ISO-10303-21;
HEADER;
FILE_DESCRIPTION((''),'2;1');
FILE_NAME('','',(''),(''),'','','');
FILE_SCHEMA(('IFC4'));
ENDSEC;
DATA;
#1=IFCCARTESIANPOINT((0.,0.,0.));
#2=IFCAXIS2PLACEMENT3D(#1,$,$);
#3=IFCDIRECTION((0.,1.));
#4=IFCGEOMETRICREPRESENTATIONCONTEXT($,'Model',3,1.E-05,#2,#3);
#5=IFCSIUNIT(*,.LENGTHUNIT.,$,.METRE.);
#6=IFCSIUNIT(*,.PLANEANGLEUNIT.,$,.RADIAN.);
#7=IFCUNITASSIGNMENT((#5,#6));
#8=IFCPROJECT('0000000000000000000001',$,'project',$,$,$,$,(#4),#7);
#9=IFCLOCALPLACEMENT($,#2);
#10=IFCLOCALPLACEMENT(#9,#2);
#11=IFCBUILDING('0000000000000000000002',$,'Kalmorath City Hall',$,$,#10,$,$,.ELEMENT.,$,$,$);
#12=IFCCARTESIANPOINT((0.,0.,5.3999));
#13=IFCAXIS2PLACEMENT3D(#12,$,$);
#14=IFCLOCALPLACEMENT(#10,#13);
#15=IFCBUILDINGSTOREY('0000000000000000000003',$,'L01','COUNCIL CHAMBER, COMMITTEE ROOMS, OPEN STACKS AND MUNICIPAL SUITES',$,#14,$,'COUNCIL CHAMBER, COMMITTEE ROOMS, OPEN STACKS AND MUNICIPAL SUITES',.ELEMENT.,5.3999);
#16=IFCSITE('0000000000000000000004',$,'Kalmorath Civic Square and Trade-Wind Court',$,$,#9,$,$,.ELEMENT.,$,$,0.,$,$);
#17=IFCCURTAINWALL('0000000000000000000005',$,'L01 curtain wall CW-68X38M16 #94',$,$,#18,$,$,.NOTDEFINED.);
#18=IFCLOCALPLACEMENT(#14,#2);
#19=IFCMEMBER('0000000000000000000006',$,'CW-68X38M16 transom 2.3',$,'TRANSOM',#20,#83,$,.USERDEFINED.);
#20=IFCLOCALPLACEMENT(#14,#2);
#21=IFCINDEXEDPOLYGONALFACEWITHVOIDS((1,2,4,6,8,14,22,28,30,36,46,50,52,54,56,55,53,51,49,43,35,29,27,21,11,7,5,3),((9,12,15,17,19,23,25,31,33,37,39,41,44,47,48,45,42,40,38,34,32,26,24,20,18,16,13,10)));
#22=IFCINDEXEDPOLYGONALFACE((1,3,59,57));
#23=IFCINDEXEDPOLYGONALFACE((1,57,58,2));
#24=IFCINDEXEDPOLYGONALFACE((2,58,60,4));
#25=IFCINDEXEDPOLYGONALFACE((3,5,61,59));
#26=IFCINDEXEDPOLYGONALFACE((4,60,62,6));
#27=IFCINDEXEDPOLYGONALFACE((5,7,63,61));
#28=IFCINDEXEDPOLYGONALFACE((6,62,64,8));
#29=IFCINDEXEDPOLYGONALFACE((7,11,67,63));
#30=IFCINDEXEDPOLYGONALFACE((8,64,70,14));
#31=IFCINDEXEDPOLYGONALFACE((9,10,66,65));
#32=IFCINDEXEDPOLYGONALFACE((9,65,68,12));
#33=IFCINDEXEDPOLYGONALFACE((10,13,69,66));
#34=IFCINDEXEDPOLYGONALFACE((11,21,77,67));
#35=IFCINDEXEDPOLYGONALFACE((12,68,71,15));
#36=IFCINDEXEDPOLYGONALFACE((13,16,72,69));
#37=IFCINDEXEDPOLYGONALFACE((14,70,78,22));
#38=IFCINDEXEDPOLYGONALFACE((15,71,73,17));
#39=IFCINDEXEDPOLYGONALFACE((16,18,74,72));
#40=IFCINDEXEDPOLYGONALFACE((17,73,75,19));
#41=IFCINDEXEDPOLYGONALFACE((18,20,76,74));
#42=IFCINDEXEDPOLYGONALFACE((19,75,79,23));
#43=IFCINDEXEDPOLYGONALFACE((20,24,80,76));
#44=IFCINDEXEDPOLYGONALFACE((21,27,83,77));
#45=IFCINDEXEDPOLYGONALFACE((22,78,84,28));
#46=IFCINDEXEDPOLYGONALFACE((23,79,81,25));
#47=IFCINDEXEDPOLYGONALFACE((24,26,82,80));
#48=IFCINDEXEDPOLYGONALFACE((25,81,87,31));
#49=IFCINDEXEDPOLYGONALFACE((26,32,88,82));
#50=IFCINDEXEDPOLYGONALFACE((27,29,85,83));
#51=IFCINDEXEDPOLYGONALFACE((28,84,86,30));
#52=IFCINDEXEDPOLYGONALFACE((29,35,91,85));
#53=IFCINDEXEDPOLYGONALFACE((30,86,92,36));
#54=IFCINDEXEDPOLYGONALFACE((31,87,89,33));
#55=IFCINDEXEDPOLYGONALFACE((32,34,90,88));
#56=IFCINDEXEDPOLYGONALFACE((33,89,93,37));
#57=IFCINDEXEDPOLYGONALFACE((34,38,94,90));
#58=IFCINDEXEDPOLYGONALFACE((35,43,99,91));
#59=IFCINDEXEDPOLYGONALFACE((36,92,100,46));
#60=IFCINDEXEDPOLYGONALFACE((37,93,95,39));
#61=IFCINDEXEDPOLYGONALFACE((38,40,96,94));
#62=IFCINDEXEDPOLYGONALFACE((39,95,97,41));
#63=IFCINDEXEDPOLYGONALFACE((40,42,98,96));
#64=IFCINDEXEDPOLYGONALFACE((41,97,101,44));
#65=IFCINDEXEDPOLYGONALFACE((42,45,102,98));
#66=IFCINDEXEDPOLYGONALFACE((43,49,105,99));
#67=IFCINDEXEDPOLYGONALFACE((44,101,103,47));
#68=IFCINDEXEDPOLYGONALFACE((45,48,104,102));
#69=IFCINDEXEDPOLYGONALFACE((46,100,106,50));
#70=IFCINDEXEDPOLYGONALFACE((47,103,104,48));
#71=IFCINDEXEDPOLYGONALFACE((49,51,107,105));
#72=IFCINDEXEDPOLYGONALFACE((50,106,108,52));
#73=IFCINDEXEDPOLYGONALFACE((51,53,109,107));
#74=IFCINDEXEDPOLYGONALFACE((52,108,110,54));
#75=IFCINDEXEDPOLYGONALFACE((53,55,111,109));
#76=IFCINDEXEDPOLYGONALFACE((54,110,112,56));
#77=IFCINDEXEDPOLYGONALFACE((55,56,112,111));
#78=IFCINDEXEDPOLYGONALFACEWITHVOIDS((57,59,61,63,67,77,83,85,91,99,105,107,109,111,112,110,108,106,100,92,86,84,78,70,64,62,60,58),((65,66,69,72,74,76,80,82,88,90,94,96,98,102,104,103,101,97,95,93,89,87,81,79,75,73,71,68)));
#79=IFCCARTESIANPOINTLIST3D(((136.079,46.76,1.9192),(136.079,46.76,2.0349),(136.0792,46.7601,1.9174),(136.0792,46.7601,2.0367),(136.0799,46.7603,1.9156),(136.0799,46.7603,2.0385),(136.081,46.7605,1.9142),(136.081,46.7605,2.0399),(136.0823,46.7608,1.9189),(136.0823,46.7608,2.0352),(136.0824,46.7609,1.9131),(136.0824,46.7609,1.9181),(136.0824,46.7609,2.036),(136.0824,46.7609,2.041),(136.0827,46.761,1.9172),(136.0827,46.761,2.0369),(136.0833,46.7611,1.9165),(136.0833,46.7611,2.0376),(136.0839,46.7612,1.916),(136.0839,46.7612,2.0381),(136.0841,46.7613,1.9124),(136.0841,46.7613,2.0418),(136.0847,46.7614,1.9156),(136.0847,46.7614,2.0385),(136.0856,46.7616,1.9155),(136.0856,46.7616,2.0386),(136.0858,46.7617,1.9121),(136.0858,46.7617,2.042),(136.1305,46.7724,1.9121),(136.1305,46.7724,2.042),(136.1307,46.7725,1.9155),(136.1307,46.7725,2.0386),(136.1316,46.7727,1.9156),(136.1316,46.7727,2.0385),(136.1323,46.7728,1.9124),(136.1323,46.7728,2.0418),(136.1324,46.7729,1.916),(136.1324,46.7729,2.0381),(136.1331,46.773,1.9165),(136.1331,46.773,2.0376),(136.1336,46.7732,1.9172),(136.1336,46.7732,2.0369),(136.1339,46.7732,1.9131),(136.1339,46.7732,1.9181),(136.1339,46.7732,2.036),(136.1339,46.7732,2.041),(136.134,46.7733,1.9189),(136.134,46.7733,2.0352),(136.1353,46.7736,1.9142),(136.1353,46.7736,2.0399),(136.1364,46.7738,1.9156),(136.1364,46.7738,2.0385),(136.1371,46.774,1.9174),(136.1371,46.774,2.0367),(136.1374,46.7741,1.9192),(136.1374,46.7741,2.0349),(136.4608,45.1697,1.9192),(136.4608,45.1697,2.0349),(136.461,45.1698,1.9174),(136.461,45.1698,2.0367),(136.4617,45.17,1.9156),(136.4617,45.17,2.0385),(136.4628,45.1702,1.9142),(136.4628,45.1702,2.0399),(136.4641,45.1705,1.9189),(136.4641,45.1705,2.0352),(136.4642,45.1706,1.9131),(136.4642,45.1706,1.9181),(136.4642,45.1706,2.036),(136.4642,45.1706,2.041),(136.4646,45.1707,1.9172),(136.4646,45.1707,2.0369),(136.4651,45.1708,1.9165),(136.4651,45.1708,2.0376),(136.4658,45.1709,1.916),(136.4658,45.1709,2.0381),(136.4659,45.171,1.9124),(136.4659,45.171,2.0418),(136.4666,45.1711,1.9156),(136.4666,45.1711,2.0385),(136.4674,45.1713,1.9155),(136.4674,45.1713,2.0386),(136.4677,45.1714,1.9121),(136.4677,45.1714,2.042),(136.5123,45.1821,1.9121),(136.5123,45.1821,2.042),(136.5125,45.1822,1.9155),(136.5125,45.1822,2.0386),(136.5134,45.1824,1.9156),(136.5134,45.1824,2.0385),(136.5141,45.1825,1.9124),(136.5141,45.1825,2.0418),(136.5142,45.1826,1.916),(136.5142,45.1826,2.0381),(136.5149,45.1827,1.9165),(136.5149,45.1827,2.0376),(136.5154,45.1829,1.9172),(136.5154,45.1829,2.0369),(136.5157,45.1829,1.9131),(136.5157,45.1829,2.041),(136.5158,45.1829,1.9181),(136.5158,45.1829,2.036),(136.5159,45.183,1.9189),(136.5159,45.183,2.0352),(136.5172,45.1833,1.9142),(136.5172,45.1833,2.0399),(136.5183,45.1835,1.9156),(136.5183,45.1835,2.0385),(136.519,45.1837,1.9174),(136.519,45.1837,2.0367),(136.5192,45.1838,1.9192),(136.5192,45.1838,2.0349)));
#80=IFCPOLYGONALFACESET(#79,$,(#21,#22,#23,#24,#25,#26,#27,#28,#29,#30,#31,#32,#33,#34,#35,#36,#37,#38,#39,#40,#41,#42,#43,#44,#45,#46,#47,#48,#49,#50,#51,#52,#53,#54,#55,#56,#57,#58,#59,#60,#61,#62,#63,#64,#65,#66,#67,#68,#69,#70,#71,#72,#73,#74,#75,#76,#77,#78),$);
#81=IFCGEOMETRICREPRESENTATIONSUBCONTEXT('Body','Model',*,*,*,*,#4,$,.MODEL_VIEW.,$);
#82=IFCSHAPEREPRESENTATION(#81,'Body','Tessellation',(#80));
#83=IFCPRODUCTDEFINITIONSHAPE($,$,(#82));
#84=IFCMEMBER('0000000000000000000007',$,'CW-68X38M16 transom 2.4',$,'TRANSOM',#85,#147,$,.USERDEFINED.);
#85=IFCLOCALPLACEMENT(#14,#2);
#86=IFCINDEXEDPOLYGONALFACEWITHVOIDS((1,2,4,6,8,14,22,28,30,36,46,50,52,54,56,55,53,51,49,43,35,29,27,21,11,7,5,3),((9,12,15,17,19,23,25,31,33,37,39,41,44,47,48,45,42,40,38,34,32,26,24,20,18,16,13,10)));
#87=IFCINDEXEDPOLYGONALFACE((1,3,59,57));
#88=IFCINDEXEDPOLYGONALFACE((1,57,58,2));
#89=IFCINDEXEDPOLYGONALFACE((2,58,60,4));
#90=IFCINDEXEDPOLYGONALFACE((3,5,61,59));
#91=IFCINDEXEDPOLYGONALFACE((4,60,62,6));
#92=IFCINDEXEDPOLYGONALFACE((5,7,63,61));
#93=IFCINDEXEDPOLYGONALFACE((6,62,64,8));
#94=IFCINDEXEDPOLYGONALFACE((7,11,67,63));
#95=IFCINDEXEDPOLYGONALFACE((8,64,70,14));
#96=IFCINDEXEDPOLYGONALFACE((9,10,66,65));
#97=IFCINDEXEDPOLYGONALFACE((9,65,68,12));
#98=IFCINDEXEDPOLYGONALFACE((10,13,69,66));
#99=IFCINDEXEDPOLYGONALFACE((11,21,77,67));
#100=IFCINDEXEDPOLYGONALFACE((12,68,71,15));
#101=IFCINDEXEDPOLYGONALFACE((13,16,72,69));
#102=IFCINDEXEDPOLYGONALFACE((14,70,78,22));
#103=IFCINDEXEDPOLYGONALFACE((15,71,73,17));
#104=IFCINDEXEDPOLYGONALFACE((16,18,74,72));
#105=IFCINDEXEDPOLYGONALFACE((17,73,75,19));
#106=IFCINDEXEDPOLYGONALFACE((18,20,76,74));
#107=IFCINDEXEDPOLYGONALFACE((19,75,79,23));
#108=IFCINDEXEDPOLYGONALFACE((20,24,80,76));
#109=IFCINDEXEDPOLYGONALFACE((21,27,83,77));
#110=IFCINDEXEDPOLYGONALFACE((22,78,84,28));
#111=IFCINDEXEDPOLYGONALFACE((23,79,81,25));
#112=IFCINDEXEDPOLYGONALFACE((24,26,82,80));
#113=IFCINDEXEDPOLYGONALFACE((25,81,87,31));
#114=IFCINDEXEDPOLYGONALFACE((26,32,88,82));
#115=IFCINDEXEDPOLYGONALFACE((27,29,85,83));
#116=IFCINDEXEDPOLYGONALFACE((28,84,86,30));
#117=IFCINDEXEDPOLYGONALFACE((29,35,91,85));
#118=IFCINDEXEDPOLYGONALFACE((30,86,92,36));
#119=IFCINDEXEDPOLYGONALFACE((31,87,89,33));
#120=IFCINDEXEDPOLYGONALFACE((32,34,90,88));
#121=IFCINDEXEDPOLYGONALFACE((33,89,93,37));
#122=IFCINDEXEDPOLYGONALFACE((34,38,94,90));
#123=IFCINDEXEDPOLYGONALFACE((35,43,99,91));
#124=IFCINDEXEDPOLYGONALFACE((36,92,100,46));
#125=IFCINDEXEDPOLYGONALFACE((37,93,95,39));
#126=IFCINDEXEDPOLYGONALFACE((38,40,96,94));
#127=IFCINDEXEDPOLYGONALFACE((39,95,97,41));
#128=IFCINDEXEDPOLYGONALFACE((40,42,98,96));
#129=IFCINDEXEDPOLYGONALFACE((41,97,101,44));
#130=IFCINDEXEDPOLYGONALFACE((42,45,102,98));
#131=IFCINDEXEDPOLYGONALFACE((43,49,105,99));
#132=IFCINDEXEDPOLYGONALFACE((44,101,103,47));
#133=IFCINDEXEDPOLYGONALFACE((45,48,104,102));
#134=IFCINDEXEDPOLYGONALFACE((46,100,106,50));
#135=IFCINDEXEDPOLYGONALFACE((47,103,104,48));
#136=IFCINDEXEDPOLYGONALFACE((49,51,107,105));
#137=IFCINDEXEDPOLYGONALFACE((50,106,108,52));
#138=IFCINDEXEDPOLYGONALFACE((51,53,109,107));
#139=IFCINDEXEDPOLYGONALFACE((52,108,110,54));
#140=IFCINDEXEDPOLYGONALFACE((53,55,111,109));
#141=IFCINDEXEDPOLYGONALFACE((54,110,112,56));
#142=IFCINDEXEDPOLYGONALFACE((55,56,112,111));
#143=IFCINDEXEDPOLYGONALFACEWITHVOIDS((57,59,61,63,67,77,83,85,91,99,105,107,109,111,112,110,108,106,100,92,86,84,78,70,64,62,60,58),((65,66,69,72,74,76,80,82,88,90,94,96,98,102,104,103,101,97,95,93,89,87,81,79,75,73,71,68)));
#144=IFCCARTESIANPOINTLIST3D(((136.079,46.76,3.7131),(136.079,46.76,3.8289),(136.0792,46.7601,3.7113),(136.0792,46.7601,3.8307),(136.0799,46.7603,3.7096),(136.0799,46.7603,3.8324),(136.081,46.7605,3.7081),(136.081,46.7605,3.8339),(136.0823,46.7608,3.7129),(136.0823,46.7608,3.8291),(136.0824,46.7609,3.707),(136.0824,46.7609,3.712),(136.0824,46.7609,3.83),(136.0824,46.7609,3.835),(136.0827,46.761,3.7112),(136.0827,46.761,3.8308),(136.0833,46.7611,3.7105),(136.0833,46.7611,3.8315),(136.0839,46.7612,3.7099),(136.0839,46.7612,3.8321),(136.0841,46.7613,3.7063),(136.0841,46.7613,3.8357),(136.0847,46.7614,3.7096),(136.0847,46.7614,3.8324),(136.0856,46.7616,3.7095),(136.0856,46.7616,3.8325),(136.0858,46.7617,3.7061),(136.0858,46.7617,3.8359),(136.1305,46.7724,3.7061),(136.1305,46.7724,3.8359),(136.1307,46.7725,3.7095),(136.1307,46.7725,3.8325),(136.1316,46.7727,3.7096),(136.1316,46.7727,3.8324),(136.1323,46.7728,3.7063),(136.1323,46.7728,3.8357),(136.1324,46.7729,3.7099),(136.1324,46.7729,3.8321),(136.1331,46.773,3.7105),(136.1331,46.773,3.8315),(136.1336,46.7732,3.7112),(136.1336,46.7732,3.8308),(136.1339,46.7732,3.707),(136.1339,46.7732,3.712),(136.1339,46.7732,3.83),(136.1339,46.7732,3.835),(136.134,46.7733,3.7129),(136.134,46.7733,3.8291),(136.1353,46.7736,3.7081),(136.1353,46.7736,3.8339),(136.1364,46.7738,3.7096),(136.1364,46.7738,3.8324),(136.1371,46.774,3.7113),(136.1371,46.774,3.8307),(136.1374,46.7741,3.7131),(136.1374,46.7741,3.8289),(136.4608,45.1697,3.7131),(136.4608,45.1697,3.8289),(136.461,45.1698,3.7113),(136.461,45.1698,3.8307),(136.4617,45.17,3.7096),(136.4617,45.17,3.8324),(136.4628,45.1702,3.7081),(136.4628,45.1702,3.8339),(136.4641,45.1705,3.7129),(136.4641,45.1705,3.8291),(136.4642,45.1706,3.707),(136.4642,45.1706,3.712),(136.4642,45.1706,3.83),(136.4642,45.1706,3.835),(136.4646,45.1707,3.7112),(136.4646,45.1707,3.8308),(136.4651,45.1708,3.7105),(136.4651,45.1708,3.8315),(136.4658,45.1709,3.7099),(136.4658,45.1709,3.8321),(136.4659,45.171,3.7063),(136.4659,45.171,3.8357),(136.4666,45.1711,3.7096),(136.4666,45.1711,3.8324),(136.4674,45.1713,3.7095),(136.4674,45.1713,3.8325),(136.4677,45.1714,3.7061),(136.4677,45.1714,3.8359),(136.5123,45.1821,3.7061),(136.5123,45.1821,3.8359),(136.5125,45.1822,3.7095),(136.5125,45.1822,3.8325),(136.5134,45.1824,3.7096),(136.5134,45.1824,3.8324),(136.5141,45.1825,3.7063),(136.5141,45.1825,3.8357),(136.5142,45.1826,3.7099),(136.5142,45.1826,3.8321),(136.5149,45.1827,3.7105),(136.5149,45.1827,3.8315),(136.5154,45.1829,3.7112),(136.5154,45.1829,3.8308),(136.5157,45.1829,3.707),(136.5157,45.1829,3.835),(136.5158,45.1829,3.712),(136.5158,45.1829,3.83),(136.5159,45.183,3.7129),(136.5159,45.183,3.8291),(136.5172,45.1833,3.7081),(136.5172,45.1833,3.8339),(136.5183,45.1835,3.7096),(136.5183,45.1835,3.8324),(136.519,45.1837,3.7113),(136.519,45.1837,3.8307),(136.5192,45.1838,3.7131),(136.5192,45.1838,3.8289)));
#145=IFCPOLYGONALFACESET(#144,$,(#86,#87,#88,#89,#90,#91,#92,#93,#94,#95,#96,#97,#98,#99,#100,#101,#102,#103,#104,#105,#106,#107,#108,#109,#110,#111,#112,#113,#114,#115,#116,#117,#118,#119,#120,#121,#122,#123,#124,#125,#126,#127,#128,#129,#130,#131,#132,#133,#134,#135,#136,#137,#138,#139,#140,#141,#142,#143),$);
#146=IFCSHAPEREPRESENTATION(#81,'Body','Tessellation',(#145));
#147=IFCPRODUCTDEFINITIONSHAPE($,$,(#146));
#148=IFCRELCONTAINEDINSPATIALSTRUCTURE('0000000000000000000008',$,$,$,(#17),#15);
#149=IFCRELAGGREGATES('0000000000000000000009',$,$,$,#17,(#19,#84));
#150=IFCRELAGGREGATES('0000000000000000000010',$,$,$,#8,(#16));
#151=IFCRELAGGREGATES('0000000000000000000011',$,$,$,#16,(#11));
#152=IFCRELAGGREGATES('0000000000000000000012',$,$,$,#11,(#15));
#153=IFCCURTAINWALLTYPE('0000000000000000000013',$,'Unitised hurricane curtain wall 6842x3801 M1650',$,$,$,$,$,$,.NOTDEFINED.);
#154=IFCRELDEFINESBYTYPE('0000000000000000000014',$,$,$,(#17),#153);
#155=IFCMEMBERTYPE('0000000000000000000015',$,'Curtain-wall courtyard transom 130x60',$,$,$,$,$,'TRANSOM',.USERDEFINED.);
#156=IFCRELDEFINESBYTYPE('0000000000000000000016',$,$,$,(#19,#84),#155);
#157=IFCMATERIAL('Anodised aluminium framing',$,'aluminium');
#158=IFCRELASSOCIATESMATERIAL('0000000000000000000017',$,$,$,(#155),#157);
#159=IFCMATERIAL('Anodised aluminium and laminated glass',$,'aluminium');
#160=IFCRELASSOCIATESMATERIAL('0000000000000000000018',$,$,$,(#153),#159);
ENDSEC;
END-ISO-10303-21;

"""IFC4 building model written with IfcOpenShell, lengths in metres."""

from ifc_helpers import new_model, si_unit, direction, frame, origin, origin_2d, place, context, subcontext, project, spatial, hollow_rectangle, extrude, material, material_profile, profile_set, type_object, element, aggregate, save


model = new_model("IFC4")

# Units and contexts
model_context = context("Model", 3, precision=1e-05, world=origin(), true_north=direction((0.0, 1.0)))
body_context = subcontext(model_context, "Body", "Model", "MODEL_VIEW")
ifc_project = project(units=[si_unit("LENGTHUNIT", "METRE"), si_unit("PLANEANGLEUNIT", "RADIAN")], contexts=[model_context])

# Site, building, storey
site_placement = place(None, origin())
site = spatial("IfcSite", under=ifc_project, at=site_placement, Name="Kalmorath Civic Square and Trade-Wind Court", CompositionType="ELEMENT", RefElevation=0.0)
building_placement = place(site_placement, origin())
building = spatial("IfcBuilding", under=site, at=building_placement, Name="Kalmorath City Hall", CompositionType="ELEMENT")
storey_placement = place(building_placement, frame((0.0, 0.0, 5.3999)))
storey = spatial("IfcBuildingStorey", under=building, at=storey_placement, Name="L01", Description="COUNCIL CHAMBER, COMMITTEE ROOMS, OPEN STACKS AND MUNICIPAL SUITES", LongName="COUNCIL CHAMBER, COMMITTEE ROOMS, OPEN STACKS AND MUNICIPAL SUITES", CompositionType="ELEMENT", Elevation=5.3999)

# Curtain wall, members
ifc_material_1 = material(Name="Anodised aluminium framing", Category="aluminium")
ifc_material_profile_1 = material_profile(ifc_material_1, hollow_rectangle(XDim=0.0601, YDim=0.1299, WallThickness=0.0034, InnerFilletRadius=0.0034, OuterFilletRadius=0.0071, at=origin_2d()), Name="ALU-TRN-130X60X3.5")
ifc_profile_set_1 = profile_set([ifc_material_profile_1], Name="Anodised aluminium framing")
member_type_1 = type_object("IfcMemberType", Name="Curtain-wall courtyard transom 130x60", ElementType="TRANSOM", PredefinedType="USERDEFINED", material=ifc_profile_set_1)
ifc_material_2 = material(Name="Anodised aluminium and laminated glass", Category="aluminium")
curtain_wall_type_1 = type_object("IfcCurtainWallType", Name="Unitised hurricane curtain wall 6842x3801 M1650", PredefinedType="NOTDEFINED", material=ifc_material_2)
curtain_wall_1_placement = place(storey_placement, origin())
curtain_wall_1 = element("IfcCurtainWall", 1, at=curtain_wall_1_placement, inside=storey, type_object=curtain_wall_type_1, Name="L01 curtain wall CW-68X38M16 #94", PredefinedType="NOTDEFINED")
member_1_placement = place(storey_placement, frame((136.49, 45.1768, 1.9771), z_axis=(-0.233463, 0.972366, 0.0), x_axis=(-0.972366, -0.233463, 0.0)))
member_1 = element("IfcMember", 2, at=member_1_placement, type_object=member_type_1, Name="CW-68X38M16 transom 2.3", ObjectType="TRANSOM", PredefinedType="USERDEFINED", context=body_context, shape_type="SweptSolid", body=[
    extrude(hollow_rectangle(XDim=0.0601, YDim=0.1299, WallThickness=0.0034, InnerFilletRadius=0.0034, OuterFilletRadius=0.0071, at=origin_2d()), origin(), (0.0, 0.0, 1.0), 1.6355),
])
member_2_placement = place(storey_placement, frame((136.49, 45.1768, 3.771), z_axis=(-0.233463, 0.972366, 0.0), x_axis=(-0.972366, -0.233463, 0.0)))
member_2 = element("IfcMember", 3, at=member_2_placement, type_object=member_type_1, Name="CW-68X38M16 transom 2.4", ObjectType="TRANSOM", PredefinedType="USERDEFINED", context=body_context, shape_type="SweptSolid", body=[
    extrude(hollow_rectangle(XDim=0.0601, YDim=0.1299, WallThickness=0.0034, InnerFilletRadius=0.0034, OuterFilletRadius=0.0071, at=origin_2d()), origin(), (0.0, 0.0, 1.0), 1.6355),
])

aggregate(curtain_wall_1, [member_1, member_2])

save(model, "model.ifc")
